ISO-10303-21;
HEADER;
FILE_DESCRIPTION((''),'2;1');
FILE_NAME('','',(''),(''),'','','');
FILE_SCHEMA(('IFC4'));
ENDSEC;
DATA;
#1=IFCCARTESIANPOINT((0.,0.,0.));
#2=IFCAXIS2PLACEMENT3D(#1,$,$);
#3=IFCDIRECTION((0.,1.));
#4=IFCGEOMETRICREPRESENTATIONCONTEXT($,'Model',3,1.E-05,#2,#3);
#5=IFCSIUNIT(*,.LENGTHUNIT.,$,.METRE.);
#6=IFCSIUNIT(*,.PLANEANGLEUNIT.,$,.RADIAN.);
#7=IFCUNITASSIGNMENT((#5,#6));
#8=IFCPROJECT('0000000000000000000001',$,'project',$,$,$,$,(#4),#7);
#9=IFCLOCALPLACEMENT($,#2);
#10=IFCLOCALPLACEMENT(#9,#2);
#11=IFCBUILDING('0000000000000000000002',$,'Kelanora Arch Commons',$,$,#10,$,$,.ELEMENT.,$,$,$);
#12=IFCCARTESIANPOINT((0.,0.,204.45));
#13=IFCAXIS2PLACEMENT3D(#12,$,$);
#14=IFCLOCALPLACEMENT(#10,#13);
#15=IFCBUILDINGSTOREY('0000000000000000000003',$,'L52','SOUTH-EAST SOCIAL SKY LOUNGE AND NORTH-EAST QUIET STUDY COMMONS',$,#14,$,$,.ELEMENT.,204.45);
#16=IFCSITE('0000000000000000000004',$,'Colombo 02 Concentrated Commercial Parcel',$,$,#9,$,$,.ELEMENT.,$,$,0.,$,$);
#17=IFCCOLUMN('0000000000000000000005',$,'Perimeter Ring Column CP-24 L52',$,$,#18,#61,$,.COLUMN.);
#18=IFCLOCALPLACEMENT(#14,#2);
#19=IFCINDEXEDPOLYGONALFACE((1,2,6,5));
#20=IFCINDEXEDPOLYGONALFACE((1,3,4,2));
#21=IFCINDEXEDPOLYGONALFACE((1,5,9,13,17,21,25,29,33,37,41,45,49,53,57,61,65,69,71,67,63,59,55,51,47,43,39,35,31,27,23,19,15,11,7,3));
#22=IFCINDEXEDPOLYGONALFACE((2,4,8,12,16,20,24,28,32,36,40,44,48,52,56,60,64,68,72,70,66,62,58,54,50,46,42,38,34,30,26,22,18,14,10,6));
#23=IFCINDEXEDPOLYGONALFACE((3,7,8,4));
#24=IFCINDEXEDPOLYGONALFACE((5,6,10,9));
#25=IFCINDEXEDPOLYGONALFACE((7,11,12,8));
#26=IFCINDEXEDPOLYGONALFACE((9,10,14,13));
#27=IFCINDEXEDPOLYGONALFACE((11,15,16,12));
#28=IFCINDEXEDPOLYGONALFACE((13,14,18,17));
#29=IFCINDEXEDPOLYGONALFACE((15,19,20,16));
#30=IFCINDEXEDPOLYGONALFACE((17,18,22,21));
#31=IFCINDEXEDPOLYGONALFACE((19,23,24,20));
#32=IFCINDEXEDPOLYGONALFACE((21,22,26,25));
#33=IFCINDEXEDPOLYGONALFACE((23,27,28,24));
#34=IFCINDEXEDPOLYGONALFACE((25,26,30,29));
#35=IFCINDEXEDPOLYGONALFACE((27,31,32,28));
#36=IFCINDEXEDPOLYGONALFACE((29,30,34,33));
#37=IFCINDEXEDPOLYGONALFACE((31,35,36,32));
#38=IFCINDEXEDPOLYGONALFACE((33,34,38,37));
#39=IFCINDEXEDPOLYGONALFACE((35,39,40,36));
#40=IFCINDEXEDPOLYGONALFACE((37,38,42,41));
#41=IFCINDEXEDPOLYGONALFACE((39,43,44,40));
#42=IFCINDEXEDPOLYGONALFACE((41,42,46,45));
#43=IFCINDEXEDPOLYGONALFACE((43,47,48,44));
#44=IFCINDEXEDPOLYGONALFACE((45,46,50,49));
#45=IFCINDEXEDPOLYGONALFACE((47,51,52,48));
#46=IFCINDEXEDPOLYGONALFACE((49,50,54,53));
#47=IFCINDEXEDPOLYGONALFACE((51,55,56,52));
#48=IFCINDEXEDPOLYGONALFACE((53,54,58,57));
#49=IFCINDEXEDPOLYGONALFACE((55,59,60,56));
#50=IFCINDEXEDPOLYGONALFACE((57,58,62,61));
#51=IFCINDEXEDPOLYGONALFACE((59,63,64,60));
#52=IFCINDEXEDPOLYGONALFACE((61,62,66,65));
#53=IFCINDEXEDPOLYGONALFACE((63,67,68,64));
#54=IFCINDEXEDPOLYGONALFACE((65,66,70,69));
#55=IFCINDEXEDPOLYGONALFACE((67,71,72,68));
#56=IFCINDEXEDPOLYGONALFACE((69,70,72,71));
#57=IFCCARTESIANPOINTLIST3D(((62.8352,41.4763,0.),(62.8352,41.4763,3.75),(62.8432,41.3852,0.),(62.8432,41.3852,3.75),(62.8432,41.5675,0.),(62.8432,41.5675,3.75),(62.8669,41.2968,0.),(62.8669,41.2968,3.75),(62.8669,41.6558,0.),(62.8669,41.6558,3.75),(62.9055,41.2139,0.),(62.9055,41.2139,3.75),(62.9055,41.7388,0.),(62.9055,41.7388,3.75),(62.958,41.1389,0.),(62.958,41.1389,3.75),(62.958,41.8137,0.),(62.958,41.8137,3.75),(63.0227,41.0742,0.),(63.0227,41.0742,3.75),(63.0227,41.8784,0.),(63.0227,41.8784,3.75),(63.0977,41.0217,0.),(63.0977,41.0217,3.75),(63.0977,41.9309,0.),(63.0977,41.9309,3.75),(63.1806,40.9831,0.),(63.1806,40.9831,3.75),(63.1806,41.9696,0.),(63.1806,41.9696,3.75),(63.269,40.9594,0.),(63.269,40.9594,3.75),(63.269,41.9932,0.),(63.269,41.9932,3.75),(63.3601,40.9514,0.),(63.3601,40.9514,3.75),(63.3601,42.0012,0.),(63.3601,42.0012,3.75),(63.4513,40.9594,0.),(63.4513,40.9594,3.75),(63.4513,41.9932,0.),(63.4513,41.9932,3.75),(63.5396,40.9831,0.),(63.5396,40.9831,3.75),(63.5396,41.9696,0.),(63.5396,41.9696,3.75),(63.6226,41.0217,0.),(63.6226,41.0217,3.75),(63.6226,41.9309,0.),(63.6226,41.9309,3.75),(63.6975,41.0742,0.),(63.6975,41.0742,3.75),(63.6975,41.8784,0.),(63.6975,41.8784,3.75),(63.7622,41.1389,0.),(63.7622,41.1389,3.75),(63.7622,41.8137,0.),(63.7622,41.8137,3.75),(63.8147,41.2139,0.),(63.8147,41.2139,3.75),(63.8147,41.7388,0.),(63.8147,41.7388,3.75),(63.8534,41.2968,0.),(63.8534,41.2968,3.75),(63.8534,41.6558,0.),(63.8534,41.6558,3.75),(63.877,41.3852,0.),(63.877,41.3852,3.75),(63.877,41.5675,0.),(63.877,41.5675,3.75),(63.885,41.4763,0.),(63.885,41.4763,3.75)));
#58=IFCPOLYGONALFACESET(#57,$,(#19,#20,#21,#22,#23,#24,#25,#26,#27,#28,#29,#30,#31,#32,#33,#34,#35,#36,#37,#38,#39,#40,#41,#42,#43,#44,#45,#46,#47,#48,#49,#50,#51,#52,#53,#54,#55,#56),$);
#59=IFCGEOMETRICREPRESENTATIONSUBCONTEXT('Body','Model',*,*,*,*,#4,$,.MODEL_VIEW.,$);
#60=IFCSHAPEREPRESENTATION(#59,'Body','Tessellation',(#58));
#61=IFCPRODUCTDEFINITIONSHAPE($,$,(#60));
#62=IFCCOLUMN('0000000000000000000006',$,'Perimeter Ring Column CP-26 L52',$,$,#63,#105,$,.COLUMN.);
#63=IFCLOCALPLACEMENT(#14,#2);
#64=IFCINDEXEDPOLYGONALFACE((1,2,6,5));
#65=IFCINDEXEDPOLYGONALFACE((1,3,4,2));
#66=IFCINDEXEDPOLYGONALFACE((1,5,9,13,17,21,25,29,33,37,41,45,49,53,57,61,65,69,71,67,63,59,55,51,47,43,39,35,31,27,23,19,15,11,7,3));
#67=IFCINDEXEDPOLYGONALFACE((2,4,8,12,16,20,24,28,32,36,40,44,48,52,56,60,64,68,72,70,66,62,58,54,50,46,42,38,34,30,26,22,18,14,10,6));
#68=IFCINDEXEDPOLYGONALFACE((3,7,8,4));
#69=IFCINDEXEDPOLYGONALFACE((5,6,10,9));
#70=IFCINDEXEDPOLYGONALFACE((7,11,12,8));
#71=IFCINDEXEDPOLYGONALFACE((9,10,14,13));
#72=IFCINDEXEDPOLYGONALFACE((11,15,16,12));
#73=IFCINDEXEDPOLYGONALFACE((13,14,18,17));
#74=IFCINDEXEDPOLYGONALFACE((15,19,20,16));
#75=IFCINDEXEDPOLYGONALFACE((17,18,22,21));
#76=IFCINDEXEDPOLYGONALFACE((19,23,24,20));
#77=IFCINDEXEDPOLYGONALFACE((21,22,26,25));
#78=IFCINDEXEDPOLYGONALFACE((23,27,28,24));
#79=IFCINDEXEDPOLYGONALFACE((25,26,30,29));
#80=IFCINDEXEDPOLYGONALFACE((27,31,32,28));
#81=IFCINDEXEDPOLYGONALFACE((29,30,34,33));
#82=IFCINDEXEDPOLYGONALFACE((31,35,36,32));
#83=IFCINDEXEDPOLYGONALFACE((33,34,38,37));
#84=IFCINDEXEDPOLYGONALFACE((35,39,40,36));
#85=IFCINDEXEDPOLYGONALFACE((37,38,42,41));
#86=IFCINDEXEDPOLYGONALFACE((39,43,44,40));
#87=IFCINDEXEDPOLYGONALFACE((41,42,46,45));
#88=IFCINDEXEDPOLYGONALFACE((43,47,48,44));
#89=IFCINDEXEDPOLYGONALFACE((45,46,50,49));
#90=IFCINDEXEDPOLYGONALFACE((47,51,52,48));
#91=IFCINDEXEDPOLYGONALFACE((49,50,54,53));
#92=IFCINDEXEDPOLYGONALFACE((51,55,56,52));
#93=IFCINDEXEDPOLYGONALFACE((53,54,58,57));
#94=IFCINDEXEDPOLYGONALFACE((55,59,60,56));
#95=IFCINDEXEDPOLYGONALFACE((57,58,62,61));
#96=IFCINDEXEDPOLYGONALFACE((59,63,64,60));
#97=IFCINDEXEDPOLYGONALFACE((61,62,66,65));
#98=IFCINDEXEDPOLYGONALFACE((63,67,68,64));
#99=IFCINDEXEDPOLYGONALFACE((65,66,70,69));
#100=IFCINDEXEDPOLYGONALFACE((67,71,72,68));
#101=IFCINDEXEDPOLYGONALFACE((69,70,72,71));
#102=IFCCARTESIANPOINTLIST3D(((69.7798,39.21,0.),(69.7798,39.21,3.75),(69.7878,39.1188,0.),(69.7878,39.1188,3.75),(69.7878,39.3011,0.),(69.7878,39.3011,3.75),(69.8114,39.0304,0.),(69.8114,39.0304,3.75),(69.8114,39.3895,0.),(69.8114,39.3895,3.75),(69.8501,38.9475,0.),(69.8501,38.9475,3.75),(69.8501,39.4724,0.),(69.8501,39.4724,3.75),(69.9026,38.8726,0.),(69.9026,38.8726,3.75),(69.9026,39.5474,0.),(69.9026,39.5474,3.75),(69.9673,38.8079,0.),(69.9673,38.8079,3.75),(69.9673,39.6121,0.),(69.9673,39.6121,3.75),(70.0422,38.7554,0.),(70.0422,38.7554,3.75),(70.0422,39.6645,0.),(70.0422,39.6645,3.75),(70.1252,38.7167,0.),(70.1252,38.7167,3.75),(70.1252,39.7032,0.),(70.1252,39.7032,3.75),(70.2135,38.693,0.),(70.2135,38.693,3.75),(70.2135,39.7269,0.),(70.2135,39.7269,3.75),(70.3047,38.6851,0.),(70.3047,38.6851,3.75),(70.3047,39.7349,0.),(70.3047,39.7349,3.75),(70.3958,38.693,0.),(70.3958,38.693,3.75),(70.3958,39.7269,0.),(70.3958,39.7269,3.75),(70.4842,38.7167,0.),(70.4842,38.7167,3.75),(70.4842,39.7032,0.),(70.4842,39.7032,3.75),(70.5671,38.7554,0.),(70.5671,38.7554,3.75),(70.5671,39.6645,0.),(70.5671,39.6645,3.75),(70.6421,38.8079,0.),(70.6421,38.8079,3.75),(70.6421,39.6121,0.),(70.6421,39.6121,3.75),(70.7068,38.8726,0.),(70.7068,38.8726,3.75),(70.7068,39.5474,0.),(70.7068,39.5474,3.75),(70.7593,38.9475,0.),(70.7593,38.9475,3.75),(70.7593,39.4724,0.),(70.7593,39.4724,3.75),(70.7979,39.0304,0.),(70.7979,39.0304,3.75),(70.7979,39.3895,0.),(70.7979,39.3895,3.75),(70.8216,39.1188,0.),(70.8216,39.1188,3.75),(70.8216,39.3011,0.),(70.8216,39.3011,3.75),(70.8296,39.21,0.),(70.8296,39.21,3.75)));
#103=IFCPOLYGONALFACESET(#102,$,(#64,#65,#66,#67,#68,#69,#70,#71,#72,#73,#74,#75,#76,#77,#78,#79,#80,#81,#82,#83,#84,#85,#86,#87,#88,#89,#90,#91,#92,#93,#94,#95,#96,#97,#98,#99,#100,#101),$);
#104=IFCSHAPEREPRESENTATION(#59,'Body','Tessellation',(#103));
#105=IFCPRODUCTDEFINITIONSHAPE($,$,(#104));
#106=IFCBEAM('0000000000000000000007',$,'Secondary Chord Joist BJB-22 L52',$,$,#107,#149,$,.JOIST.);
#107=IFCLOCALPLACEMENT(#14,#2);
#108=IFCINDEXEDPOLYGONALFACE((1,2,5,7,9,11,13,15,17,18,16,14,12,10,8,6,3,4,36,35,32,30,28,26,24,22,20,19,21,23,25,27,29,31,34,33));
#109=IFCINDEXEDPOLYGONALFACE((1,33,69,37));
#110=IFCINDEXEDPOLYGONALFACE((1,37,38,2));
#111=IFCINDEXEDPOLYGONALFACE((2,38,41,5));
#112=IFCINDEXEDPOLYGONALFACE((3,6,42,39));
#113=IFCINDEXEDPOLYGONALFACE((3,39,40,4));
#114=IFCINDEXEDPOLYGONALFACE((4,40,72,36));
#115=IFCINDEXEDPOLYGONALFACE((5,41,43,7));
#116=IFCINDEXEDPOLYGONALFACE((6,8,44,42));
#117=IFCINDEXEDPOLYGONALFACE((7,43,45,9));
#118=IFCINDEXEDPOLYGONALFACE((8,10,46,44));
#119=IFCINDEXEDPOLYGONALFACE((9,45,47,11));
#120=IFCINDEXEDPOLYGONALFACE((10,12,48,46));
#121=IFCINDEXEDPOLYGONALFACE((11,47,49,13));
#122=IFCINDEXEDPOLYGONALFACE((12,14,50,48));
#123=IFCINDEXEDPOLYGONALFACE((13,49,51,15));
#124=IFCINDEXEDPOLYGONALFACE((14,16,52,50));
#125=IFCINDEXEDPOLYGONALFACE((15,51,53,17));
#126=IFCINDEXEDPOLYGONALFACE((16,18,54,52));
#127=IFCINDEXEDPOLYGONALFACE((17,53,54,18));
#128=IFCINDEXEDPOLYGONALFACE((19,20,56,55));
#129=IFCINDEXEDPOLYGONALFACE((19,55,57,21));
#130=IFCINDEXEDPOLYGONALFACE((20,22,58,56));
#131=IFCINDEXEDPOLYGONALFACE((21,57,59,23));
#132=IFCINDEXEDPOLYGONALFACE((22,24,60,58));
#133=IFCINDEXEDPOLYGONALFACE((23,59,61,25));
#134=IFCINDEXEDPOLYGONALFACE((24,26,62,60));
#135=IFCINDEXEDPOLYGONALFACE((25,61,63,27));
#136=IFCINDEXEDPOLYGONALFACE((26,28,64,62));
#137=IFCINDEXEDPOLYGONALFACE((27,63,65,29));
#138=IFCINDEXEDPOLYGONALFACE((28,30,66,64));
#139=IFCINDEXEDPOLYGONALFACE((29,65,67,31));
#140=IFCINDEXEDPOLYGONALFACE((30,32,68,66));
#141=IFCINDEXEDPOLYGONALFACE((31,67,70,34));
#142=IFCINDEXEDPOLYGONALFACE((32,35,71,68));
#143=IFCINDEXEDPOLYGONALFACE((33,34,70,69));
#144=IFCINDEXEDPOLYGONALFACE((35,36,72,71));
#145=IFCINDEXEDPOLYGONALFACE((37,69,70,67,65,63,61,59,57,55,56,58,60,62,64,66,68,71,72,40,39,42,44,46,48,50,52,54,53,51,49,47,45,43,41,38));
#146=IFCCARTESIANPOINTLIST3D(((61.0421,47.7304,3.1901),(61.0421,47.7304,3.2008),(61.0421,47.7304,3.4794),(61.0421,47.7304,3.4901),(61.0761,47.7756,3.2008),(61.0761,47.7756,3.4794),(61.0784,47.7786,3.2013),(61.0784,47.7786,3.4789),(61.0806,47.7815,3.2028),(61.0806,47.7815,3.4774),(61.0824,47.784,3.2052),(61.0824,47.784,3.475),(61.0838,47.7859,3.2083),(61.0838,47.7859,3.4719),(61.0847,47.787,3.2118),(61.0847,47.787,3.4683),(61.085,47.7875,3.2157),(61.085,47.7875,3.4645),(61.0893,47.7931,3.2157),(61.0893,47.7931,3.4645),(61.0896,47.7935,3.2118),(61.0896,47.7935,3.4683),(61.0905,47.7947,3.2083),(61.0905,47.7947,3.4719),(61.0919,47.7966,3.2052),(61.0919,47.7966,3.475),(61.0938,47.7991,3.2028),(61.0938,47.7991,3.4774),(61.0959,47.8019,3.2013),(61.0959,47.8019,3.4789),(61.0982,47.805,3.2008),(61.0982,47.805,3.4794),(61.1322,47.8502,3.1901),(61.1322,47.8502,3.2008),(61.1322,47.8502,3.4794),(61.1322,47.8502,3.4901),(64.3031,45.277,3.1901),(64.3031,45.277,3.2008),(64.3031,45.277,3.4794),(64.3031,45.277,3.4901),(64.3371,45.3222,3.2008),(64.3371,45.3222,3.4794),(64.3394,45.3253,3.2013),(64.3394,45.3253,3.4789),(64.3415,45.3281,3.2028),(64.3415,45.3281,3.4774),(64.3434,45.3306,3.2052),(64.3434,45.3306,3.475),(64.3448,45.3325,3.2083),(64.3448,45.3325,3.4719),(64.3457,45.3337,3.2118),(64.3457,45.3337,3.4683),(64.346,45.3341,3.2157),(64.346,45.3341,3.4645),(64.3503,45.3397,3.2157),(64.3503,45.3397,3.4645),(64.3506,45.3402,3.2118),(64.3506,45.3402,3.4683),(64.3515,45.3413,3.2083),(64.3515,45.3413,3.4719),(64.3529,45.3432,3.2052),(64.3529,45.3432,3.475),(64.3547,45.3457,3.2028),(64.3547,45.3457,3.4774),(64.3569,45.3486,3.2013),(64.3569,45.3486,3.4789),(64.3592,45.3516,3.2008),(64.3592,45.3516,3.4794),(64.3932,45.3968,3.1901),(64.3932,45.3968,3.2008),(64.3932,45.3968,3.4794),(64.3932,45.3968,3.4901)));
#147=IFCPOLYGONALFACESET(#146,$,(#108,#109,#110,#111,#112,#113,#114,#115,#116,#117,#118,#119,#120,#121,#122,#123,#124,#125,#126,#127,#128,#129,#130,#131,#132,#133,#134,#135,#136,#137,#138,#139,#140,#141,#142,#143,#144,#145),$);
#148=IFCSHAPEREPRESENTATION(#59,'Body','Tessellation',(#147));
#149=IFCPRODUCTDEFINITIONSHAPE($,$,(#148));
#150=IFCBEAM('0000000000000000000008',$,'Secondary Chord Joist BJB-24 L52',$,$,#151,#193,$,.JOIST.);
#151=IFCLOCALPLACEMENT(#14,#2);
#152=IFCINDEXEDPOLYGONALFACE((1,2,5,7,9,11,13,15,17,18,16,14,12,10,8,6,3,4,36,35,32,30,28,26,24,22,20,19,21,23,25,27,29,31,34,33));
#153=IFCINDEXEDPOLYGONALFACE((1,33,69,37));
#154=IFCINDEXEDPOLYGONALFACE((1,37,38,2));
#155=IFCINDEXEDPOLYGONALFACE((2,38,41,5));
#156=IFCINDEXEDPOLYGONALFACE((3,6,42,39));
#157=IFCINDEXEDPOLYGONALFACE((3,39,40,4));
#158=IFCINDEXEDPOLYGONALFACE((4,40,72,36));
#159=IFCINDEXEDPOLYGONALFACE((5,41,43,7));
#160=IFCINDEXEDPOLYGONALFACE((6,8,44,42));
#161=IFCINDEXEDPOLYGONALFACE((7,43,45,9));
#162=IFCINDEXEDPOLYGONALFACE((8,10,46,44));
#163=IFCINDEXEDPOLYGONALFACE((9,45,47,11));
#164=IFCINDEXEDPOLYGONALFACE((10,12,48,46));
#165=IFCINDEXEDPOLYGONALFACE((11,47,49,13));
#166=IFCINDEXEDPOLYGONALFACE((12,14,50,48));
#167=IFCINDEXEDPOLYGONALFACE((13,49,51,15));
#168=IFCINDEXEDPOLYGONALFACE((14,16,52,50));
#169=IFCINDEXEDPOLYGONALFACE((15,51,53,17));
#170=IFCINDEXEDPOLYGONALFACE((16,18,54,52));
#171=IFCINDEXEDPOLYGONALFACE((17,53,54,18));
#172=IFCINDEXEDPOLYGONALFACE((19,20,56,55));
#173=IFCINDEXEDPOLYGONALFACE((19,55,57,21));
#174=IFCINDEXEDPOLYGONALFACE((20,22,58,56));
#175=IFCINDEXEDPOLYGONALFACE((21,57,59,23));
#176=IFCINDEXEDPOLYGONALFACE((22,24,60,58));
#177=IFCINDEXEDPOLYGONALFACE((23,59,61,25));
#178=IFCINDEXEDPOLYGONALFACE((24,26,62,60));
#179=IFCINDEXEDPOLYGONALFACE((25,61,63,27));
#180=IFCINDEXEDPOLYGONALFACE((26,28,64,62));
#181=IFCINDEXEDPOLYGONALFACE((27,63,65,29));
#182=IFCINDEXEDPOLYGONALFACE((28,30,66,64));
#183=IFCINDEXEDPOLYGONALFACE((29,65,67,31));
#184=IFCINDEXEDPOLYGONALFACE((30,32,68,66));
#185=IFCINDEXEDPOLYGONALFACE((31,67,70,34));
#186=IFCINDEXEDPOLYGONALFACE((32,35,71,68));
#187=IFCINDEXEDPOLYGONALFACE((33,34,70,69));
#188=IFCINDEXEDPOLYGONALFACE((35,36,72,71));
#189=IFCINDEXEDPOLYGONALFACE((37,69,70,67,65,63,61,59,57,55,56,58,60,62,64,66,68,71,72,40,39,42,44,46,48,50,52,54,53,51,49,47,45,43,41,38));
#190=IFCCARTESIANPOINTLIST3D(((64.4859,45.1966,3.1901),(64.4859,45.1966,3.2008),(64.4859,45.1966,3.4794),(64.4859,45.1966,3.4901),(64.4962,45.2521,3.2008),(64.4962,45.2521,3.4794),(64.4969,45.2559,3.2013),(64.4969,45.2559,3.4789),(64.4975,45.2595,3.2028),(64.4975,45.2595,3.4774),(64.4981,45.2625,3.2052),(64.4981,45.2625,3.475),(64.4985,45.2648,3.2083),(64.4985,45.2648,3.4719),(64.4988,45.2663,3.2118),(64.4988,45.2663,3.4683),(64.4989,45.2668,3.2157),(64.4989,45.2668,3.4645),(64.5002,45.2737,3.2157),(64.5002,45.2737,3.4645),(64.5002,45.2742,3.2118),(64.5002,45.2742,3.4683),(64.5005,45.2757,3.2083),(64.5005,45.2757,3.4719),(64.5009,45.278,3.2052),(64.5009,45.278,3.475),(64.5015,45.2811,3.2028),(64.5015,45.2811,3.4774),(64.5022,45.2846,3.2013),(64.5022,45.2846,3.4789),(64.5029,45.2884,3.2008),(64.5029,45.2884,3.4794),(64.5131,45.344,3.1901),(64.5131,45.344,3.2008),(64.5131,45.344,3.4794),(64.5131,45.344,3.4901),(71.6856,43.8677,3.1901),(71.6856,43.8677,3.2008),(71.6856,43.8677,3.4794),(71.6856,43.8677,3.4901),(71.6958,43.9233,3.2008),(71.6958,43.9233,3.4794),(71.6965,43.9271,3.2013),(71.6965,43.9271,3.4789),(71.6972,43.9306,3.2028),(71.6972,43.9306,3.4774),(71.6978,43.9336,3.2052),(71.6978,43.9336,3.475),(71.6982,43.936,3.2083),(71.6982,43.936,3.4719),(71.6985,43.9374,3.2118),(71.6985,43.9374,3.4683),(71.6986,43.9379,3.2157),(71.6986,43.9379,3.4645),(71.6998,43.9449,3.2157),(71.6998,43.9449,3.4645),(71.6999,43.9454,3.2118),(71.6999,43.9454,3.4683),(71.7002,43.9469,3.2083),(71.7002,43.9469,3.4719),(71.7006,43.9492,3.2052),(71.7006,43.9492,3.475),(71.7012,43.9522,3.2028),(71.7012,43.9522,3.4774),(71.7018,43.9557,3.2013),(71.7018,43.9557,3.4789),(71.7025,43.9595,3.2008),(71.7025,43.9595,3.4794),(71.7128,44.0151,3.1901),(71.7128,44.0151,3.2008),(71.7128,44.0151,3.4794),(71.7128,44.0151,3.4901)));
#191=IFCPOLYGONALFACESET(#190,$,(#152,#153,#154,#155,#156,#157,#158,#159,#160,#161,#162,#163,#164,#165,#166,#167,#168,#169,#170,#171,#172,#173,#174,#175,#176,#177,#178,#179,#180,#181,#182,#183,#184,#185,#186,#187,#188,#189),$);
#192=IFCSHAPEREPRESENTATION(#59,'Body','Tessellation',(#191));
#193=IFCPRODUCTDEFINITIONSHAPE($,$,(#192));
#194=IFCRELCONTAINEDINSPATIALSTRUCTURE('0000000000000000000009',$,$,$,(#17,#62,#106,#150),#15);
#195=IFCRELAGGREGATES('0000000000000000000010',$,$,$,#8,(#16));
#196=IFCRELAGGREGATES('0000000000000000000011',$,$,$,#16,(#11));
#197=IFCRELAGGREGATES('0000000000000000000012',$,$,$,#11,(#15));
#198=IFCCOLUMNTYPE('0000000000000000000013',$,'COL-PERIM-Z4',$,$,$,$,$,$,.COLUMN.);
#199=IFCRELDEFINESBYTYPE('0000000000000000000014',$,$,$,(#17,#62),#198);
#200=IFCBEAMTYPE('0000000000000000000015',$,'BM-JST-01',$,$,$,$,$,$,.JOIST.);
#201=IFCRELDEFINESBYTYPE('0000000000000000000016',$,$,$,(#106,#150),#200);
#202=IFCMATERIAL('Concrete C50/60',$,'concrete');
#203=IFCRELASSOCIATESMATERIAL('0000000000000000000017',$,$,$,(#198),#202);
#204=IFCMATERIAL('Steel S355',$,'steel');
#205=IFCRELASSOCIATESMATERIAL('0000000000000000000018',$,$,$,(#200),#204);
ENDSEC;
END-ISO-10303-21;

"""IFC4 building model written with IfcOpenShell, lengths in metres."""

from ifc_helpers import new_model, si_unit, direction, frame, origin, origin_2d, place, context, subcontext, project, spatial, circle, i_section, extrude, material, material_profile, profile_set, type_object, element, save


model = new_model("IFC4")

# Units and contexts
model_context = context("Model", 3, precision=1e-05, world=origin(), true_north=direction((0.0, 1.0)))
body_context = subcontext(model_context, "Body", "Model", "MODEL_VIEW")
ifc_project = project(units=[si_unit("LENGTHUNIT", "METRE"), si_unit("PLANEANGLEUNIT", "RADIAN")], contexts=[model_context])

# Site, building, storey
site_placement = place(None, origin())
site = spatial("IfcSite", under=ifc_project, at=site_placement, Name="Colombo 02 Concentrated Commercial Parcel", CompositionType="ELEMENT", RefElevation=0.0)
building_placement = place(site_placement, origin())
building = spatial("IfcBuilding", under=site, at=building_placement, Name="Kelanora Arch Commons", CompositionType="ELEMENT")
storey_placement = place(building_placement, frame((0.0, 0.0, 204.45)))
storey = spatial("IfcBuildingStorey", under=building, at=storey_placement, Name="L52", Description="SOUTH-EAST SOCIAL SKY LOUNGE AND NORTH-EAST QUIET STUDY COMMONS", CompositionType="ELEMENT", Elevation=204.45)

# Columns
ifc_material_1 = material(Name="Concrete C50/60", Category="concrete")
ifc_material_profile_1 = material_profile(ifc_material_1, circle(Radius=0.5249, at=origin_2d()), Name="RCC1050")
ifc_profile_set_1 = profile_set([ifc_material_profile_1], Name="Concrete C50/60")
column_type = type_object("IfcColumnType", Name="COL-PERIM-Z4", PredefinedType="COLUMN", material=ifc_profile_set_1)
for number, where, z_axis, x_axis, name in (
    (1, (63.3601, 41.4763, 0.0), (0.0, 0.0, 1.0), (1.0, 0.0, 0.0), "Perimeter Ring Column CP-24 L52"),
    (2, (70.3047, 39.21, 0.0), (0.0, 0.0, 1.0), (1.0, 0.0, 0.0), "Perimeter Ring Column CP-26 L52"),
):
    element("IfcColumn", number, at=place(storey_placement, frame(where, z_axis=z_axis, x_axis=x_axis)), inside=storey, type_object=column_type, Name=name, PredefinedType="COLUMN", context=body_context, shape_type="SweptSolid", body=[
        extrude(circle(Radius=0.5249, at=origin_2d()), origin(), (0.0, 0.0, 1.0), 3.75),
    ])

# Beams
ifc_material_2 = material(Name="Steel S355", Category="steel")
ifc_material_profile_2 = material_profile(ifc_material_2, i_section(OverallWidth=0.1499, OverallDepth=0.3, WebThickness=0.0071, FlangeThickness=0.0107, FilletRadius=0.0149, at=origin_2d()), Name="IPE300")
ifc_profile_set_2 = profile_set([ifc_material_profile_2], Name="Steel S355")
beam_type_1 = type_object("IfcBeamType", Name="BM-JST-01", PredefinedType="JOIST", material=ifc_profile_set_2)
beam_1_placement = place(storey_placement, frame((61.0872, 47.7903, 3.3401), z_axis=(0.799102, -0.601196, 0.0), x_axis=(0.601196, 0.799102, 0.0)))
element("IfcBeam", 3, at=beam_1_placement, inside=storey, type_object=beam_type_1, Name="Secondary Chord Joist BJB-22 L52", PredefinedType="JOIST", context=body_context, shape_type="SweptSolid", body=[
    extrude(i_section(OverallWidth=0.1499, OverallDepth=0.3, WebThickness=0.0071, FlangeThickness=0.0107, FilletRadius=0.0149, at=origin_2d()), origin(), (0.0, 0.0, 1.0), 4.0808),
])
beam_2_placement = place(storey_placement, frame((64.4995, 45.2703, 3.3401), z_axis=(0.98339, -0.181505, 0.0), x_axis=(0.181505, 0.98339, 0.0)))
element("IfcBeam", 4, at=beam_2_placement, inside=storey, type_object=beam_type_1, Name="Secondary Chord Joist BJB-24 L52", PredefinedType="JOIST", context=body_context, shape_type="SweptSolid", body=[
    extrude(i_section(OverallWidth=0.1499, OverallDepth=0.3, WebThickness=0.0071, FlangeThickness=0.0107, FilletRadius=0.0149, at=origin_2d()), origin(), (0.0, 0.0, 1.0), 7.3213),
])

save(model, "model.ifc")
